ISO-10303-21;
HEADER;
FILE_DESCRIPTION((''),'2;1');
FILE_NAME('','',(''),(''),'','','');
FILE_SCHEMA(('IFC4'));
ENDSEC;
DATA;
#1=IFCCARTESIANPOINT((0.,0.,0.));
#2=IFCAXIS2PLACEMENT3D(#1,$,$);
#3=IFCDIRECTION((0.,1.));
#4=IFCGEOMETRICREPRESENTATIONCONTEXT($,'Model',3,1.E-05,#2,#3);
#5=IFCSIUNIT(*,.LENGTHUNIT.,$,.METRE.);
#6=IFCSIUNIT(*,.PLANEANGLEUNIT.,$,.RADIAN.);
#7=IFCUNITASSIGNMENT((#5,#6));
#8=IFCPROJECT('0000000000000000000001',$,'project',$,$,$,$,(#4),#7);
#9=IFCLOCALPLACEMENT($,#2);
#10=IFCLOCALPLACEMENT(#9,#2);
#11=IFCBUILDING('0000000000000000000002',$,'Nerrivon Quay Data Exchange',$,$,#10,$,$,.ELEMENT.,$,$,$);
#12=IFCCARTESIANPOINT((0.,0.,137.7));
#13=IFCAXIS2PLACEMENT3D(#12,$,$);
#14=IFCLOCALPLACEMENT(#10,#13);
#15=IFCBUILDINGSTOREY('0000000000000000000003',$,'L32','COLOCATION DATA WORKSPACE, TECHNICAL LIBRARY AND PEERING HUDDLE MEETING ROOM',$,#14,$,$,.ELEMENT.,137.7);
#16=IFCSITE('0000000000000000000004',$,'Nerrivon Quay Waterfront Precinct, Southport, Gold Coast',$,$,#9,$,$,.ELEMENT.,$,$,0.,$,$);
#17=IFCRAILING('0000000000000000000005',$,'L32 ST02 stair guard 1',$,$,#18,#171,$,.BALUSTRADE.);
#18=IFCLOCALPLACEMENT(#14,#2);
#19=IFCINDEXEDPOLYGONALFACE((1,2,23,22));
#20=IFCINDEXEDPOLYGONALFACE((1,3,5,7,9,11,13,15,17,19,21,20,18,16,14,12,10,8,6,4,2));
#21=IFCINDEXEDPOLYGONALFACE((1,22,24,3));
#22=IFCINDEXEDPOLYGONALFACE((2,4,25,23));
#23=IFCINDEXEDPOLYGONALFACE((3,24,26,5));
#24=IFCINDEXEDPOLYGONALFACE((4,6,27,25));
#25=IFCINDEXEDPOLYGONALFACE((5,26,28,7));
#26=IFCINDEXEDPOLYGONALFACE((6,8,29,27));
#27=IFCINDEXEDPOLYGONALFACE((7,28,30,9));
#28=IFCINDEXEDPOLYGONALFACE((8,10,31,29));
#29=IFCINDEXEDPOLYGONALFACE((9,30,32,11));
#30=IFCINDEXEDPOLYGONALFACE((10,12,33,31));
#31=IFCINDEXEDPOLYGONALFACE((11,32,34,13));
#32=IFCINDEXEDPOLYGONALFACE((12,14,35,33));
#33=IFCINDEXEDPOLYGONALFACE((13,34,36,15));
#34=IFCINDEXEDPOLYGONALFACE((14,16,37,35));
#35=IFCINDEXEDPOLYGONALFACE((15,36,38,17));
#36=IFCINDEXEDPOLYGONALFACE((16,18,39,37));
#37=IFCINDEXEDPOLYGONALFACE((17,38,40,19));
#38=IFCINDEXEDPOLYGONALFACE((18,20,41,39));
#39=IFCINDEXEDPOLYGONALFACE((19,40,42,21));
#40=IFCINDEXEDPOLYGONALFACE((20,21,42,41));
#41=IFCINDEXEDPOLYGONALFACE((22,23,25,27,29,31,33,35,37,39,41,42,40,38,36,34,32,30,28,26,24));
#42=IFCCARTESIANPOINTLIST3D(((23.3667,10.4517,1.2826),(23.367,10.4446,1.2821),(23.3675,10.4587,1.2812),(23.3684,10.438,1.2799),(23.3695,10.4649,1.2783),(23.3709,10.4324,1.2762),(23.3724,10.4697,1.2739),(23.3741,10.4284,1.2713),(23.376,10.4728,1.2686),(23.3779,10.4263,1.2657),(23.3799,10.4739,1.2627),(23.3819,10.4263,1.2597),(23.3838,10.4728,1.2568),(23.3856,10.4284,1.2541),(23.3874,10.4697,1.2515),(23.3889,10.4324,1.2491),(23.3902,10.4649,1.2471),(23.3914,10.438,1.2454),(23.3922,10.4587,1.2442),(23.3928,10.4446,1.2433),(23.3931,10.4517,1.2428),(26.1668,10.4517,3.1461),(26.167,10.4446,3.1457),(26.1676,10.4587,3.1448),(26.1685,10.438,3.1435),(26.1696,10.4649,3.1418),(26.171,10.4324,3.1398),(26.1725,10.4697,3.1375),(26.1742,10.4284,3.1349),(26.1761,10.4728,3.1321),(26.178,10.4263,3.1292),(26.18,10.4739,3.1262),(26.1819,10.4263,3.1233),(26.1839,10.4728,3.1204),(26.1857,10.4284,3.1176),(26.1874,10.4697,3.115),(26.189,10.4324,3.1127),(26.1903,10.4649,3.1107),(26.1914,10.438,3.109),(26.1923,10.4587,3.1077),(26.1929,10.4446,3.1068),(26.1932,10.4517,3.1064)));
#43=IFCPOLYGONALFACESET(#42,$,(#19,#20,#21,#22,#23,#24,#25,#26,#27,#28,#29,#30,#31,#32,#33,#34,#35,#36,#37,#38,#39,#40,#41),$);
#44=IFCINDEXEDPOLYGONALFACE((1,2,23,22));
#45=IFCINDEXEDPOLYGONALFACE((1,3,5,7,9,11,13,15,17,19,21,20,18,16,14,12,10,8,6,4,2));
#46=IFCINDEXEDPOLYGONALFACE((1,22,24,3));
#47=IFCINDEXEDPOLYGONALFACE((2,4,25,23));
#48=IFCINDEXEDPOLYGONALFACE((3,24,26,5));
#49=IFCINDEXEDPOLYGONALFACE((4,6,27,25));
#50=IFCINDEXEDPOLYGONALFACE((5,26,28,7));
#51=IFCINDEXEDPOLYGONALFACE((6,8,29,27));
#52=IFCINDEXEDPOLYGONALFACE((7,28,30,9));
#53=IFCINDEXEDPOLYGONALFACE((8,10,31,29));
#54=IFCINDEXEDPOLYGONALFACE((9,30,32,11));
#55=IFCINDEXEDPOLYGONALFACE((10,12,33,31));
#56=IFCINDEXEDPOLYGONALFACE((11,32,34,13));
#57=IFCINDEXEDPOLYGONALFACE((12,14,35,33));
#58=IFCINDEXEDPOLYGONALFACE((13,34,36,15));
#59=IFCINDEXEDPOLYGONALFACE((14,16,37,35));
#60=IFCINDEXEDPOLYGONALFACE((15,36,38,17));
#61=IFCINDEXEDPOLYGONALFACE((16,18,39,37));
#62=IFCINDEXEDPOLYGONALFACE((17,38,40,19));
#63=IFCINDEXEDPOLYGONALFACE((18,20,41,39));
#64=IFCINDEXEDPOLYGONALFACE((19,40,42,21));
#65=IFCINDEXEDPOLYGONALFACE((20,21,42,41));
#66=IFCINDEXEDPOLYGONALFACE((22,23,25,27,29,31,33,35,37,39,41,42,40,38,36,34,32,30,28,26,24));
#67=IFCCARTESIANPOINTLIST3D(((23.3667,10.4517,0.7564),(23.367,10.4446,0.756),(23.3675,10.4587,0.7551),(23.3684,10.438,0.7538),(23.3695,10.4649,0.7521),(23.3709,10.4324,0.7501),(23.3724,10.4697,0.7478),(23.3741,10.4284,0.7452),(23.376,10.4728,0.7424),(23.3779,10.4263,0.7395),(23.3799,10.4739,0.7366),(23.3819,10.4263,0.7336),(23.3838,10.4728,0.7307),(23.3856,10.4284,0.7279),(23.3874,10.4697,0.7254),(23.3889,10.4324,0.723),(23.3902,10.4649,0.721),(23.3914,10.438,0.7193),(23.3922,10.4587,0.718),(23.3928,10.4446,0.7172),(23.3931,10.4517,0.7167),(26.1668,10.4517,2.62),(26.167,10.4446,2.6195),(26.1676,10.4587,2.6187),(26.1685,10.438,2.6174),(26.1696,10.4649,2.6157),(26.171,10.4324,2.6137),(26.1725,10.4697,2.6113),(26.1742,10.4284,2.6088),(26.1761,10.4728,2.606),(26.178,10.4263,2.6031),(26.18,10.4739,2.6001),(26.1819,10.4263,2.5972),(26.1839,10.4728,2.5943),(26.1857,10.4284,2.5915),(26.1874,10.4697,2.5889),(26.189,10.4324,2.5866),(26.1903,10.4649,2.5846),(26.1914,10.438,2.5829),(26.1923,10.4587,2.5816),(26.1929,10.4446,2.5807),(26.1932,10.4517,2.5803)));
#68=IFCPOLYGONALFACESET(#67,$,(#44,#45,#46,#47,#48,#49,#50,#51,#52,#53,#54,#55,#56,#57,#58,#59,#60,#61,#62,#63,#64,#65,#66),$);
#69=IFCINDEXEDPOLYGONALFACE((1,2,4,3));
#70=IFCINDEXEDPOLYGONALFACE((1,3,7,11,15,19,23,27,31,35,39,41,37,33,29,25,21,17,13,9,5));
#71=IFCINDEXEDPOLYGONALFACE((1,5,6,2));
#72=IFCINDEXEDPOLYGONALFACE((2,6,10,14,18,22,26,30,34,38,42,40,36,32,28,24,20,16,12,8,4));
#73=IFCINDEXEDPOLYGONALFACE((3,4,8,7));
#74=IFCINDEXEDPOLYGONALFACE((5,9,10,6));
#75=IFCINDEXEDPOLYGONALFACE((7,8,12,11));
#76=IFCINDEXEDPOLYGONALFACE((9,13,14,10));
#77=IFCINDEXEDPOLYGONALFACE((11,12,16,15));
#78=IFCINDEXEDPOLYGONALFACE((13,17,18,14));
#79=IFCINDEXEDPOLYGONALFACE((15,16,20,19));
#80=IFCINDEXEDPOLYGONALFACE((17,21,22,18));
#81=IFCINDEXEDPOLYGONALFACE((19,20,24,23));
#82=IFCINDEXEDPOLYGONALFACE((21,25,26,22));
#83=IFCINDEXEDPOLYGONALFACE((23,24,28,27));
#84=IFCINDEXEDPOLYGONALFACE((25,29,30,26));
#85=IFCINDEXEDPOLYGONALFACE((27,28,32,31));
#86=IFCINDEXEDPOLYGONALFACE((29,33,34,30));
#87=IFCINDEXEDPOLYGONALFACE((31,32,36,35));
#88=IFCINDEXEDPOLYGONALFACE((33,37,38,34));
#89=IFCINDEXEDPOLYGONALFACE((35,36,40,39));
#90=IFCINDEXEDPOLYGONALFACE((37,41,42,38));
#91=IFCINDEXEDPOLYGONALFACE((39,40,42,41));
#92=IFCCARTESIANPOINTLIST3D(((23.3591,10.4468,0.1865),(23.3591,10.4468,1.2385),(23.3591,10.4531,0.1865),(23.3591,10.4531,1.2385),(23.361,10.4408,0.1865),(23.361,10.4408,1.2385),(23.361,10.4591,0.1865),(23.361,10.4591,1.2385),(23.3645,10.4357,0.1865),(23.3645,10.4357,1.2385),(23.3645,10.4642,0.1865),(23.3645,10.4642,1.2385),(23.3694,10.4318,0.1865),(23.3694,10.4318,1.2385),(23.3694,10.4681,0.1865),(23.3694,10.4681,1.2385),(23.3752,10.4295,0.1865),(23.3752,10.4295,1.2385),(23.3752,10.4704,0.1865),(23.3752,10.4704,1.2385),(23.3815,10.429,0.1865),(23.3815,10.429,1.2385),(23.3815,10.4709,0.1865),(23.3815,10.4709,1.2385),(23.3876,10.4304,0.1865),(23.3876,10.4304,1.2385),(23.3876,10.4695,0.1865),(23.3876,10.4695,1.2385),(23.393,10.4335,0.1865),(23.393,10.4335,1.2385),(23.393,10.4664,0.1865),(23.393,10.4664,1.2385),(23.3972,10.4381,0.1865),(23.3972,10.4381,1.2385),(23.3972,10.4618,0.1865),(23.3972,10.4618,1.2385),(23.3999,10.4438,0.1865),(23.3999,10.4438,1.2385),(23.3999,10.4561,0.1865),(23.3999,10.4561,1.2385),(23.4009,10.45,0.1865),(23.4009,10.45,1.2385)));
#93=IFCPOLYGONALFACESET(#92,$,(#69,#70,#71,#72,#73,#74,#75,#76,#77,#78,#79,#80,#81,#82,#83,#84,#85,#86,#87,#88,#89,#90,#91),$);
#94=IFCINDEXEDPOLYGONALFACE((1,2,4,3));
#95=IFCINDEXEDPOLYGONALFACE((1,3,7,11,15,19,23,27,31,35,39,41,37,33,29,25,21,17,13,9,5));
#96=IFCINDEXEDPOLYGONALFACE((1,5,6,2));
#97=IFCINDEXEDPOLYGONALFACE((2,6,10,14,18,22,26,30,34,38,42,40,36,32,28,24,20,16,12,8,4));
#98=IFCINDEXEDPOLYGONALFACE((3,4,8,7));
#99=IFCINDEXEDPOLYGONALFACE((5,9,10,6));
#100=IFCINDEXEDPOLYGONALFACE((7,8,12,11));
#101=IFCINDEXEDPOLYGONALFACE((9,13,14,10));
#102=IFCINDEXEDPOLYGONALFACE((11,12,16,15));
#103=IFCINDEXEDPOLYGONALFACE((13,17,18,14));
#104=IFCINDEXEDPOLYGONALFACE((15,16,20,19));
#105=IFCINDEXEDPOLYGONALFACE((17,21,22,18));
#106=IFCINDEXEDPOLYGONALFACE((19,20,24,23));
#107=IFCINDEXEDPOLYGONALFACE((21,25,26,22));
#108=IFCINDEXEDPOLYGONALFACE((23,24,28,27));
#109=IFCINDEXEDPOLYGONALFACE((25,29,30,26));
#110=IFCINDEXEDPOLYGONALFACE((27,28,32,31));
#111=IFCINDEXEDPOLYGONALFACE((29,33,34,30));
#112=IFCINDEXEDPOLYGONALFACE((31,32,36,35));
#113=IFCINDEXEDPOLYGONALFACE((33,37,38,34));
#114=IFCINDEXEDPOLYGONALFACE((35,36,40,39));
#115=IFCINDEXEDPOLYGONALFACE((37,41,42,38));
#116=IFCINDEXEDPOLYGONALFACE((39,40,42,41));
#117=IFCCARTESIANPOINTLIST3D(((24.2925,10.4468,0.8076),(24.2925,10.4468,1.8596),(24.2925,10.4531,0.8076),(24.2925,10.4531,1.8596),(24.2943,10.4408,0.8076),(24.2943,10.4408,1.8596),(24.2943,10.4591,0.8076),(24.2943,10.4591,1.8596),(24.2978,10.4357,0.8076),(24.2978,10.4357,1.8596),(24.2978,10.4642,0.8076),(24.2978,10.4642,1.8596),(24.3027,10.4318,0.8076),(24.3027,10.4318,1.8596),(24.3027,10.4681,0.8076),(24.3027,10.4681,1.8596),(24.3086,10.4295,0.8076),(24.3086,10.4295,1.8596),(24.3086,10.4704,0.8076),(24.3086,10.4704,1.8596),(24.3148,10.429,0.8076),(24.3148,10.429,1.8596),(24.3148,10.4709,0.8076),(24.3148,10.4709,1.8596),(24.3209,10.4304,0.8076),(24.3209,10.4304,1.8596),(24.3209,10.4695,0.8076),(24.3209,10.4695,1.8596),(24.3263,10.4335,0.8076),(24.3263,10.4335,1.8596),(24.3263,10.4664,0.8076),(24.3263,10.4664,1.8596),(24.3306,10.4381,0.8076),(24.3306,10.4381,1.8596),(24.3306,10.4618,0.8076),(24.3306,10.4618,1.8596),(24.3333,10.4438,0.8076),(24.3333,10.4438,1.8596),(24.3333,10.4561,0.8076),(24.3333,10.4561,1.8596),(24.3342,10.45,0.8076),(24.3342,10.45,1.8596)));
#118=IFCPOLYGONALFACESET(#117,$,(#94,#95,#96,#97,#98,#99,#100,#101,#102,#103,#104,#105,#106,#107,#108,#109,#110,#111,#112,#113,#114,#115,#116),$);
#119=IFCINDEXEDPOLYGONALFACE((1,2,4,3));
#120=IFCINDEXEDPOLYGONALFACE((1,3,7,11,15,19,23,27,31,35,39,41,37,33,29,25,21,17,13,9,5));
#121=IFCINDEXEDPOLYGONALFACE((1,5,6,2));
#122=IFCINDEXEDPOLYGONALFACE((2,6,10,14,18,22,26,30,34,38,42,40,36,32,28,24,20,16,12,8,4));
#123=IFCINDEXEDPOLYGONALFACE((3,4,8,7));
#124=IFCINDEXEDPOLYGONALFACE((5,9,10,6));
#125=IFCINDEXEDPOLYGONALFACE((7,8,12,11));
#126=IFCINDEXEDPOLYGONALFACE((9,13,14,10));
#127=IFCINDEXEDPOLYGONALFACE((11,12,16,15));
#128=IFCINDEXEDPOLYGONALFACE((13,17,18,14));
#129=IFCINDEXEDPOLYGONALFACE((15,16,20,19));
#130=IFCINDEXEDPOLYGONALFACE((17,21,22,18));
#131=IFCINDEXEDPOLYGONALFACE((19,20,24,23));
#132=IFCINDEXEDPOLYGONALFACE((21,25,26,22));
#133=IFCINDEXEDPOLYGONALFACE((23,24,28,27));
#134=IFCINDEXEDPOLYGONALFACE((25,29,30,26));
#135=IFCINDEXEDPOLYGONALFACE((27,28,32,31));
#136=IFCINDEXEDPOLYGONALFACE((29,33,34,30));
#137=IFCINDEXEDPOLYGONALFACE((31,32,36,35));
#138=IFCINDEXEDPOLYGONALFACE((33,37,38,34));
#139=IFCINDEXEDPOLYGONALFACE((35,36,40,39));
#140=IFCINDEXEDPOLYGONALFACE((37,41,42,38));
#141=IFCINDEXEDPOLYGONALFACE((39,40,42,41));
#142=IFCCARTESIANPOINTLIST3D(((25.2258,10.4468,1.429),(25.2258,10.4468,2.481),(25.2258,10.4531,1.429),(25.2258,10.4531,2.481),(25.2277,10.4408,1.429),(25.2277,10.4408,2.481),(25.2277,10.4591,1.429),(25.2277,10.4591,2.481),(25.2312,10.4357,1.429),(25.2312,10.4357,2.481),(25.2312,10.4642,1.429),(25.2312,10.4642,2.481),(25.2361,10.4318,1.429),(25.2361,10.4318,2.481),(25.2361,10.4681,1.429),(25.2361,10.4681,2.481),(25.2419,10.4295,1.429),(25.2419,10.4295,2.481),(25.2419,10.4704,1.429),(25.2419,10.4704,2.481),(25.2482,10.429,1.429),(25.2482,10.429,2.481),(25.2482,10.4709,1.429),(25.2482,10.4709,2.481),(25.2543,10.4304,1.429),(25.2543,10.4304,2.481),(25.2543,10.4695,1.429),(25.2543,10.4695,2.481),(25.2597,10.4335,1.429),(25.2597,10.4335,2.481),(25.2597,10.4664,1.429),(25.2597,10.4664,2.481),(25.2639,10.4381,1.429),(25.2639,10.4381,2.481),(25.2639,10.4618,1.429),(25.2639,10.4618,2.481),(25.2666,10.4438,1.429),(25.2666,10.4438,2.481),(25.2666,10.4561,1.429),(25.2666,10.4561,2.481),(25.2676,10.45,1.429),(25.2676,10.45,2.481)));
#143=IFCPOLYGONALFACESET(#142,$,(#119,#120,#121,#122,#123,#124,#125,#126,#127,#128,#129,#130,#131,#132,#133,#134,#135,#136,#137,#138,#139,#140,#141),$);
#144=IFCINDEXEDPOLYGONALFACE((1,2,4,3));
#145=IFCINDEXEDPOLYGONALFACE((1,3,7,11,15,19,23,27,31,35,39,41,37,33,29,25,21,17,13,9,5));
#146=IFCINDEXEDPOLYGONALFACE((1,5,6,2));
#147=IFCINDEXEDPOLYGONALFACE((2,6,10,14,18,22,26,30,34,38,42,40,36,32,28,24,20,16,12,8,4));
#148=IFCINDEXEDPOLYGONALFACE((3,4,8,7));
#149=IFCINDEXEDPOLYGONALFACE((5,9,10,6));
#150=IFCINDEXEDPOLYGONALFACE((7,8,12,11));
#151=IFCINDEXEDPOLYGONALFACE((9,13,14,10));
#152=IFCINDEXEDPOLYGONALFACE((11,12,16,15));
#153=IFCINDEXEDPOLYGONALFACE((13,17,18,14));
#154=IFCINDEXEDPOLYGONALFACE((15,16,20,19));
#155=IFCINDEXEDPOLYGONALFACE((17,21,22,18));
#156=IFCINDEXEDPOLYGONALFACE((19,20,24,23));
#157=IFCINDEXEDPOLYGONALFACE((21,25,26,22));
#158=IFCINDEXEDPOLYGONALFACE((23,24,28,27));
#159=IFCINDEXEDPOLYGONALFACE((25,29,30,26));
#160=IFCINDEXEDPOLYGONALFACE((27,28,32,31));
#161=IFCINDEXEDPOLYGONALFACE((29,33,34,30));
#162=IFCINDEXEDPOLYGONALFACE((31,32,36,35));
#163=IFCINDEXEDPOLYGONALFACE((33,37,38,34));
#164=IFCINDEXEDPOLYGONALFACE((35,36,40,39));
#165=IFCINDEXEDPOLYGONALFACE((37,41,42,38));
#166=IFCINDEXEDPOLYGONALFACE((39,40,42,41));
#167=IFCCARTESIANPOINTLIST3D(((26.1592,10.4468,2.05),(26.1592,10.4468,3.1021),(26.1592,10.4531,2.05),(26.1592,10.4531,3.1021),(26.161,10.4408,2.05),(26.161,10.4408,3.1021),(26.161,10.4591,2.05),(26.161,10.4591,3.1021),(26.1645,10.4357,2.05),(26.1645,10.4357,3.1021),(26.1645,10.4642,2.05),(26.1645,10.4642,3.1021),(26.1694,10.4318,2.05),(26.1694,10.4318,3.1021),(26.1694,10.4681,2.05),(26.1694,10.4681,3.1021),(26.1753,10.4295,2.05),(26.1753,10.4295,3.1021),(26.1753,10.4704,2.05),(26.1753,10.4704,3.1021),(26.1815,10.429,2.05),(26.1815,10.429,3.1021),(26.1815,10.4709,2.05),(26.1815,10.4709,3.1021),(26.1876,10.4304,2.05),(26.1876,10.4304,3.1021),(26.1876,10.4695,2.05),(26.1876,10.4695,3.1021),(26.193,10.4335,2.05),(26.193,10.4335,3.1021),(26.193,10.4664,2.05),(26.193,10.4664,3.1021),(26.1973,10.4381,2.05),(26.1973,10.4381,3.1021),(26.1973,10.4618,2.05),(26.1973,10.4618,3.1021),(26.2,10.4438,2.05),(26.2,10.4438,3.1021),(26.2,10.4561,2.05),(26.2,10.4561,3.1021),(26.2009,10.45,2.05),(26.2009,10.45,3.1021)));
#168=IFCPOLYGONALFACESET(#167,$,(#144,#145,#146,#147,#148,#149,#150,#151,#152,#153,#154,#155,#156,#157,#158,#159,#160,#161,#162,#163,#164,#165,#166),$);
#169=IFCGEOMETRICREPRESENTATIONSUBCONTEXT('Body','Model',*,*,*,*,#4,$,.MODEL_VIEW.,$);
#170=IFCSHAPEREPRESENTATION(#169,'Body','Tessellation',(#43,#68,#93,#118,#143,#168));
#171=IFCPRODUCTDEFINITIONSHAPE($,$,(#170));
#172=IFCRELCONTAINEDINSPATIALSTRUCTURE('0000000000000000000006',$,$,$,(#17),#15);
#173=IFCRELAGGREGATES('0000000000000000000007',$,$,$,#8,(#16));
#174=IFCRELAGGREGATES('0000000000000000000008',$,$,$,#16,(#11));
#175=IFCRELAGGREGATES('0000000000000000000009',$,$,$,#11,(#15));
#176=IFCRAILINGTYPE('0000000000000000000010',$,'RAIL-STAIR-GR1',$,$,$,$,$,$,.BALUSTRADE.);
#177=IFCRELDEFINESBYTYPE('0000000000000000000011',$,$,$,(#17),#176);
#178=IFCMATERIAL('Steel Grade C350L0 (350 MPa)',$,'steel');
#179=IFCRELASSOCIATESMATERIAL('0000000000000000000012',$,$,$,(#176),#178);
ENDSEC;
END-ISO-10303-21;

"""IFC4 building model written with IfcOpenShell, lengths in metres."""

from ifc_helpers import new_model, si_unit, direction, frame, origin, origin_2d, place, context, subcontext, project, spatial, circle, extrude, material, type_object, element, save


model = new_model("IFC4")

# Units and contexts
model_context = context("Model", 3, precision=1e-05, world=origin(), true_north=direction((0.0, 1.0)))
body_context = subcontext(model_context, "Body", "Model", "MODEL_VIEW")
ifc_project = project(units=[si_unit("LENGTHUNIT", "METRE"), si_unit("PLANEANGLEUNIT", "RADIAN")], contexts=[model_context])

# Site, building, storey
site_placement = place(None, origin())
site = spatial("IfcSite", under=ifc_project, at=site_placement, Name="Nerrivon Quay Waterfront Precinct, Southport, Gold Coast", CompositionType="ELEMENT", RefElevation=0.0)
building_placement = place(site_placement, origin())
building = spatial("IfcBuilding", under=site, at=building_placement, Name="Nerrivon Quay Data Exchange", CompositionType="ELEMENT")
storey_placement = place(building_placement, frame((0.0, 0.0, 137.7)))
storey = spatial("IfcBuildingStorey", under=building, at=storey_placement, Name="L32", Description="COLOCATION DATA WORKSPACE, TECHNICAL LIBRARY AND PEERING HUDDLE MEETING ROOM", CompositionType="ELEMENT", Elevation=137.7)

# Railing
ifc_material_1 = material(Name="Steel Grade C350L0 (350 MPa)", Category="steel")
railing_type_1 = type_object("IfcRailingType", Name="RAIL-STAIR-GR1", PredefinedType="BALUSTRADE", material=ifc_material_1)
railing_1_placement = place(storey_placement, frame((23.3799, 10.45, 0.1865)))
element("IfcRailing", 1, at=railing_1_placement, inside=storey, type_object=railing_type_1, Name="L32 ST02 stair guard 1", PredefinedType="BALUSTRADE", context=body_context, shape_type="SweptSolid", body=[
    extrude(circle(Radius=0.0239, at=origin_2d()), frame((0.0, 0.0, 1.0762), z_axis=(0.832486, 0.0, 0.554047), x_axis=(0.0, 1.0, 0.0)), (0.0, 0.0, 1.0), 3.3635),
    extrude(circle(Radius=0.0239, at=origin_2d()), frame((0.0, 0.0, 0.55), z_axis=(0.832486, 0.0, 0.554047), x_axis=(0.0, 1.0, 0.0)), (0.0, 0.0, 1.0), 3.3635),
    extrude(circle(Radius=0.021, at=origin_2d()), origin(), (0.0, 0.0, 1.0), 1.052),
    extrude(circle(Radius=0.021, at=origin_2d()), frame((0.9333, 0.0, 0.6211)), (0.0, 0.0, 1.0), 1.052),
    extrude(circle(Radius=0.021, at=origin_2d()), frame((1.8667, 0.0, 1.2424)), (0.0, 0.0, 1.0), 1.052),
    extrude(circle(Radius=0.021, at=origin_2d()), frame((2.8, 0.0, 1.8635)), (0.0, 0.0, 1.0), 1.052),
])

save(model, "model.ifc")
